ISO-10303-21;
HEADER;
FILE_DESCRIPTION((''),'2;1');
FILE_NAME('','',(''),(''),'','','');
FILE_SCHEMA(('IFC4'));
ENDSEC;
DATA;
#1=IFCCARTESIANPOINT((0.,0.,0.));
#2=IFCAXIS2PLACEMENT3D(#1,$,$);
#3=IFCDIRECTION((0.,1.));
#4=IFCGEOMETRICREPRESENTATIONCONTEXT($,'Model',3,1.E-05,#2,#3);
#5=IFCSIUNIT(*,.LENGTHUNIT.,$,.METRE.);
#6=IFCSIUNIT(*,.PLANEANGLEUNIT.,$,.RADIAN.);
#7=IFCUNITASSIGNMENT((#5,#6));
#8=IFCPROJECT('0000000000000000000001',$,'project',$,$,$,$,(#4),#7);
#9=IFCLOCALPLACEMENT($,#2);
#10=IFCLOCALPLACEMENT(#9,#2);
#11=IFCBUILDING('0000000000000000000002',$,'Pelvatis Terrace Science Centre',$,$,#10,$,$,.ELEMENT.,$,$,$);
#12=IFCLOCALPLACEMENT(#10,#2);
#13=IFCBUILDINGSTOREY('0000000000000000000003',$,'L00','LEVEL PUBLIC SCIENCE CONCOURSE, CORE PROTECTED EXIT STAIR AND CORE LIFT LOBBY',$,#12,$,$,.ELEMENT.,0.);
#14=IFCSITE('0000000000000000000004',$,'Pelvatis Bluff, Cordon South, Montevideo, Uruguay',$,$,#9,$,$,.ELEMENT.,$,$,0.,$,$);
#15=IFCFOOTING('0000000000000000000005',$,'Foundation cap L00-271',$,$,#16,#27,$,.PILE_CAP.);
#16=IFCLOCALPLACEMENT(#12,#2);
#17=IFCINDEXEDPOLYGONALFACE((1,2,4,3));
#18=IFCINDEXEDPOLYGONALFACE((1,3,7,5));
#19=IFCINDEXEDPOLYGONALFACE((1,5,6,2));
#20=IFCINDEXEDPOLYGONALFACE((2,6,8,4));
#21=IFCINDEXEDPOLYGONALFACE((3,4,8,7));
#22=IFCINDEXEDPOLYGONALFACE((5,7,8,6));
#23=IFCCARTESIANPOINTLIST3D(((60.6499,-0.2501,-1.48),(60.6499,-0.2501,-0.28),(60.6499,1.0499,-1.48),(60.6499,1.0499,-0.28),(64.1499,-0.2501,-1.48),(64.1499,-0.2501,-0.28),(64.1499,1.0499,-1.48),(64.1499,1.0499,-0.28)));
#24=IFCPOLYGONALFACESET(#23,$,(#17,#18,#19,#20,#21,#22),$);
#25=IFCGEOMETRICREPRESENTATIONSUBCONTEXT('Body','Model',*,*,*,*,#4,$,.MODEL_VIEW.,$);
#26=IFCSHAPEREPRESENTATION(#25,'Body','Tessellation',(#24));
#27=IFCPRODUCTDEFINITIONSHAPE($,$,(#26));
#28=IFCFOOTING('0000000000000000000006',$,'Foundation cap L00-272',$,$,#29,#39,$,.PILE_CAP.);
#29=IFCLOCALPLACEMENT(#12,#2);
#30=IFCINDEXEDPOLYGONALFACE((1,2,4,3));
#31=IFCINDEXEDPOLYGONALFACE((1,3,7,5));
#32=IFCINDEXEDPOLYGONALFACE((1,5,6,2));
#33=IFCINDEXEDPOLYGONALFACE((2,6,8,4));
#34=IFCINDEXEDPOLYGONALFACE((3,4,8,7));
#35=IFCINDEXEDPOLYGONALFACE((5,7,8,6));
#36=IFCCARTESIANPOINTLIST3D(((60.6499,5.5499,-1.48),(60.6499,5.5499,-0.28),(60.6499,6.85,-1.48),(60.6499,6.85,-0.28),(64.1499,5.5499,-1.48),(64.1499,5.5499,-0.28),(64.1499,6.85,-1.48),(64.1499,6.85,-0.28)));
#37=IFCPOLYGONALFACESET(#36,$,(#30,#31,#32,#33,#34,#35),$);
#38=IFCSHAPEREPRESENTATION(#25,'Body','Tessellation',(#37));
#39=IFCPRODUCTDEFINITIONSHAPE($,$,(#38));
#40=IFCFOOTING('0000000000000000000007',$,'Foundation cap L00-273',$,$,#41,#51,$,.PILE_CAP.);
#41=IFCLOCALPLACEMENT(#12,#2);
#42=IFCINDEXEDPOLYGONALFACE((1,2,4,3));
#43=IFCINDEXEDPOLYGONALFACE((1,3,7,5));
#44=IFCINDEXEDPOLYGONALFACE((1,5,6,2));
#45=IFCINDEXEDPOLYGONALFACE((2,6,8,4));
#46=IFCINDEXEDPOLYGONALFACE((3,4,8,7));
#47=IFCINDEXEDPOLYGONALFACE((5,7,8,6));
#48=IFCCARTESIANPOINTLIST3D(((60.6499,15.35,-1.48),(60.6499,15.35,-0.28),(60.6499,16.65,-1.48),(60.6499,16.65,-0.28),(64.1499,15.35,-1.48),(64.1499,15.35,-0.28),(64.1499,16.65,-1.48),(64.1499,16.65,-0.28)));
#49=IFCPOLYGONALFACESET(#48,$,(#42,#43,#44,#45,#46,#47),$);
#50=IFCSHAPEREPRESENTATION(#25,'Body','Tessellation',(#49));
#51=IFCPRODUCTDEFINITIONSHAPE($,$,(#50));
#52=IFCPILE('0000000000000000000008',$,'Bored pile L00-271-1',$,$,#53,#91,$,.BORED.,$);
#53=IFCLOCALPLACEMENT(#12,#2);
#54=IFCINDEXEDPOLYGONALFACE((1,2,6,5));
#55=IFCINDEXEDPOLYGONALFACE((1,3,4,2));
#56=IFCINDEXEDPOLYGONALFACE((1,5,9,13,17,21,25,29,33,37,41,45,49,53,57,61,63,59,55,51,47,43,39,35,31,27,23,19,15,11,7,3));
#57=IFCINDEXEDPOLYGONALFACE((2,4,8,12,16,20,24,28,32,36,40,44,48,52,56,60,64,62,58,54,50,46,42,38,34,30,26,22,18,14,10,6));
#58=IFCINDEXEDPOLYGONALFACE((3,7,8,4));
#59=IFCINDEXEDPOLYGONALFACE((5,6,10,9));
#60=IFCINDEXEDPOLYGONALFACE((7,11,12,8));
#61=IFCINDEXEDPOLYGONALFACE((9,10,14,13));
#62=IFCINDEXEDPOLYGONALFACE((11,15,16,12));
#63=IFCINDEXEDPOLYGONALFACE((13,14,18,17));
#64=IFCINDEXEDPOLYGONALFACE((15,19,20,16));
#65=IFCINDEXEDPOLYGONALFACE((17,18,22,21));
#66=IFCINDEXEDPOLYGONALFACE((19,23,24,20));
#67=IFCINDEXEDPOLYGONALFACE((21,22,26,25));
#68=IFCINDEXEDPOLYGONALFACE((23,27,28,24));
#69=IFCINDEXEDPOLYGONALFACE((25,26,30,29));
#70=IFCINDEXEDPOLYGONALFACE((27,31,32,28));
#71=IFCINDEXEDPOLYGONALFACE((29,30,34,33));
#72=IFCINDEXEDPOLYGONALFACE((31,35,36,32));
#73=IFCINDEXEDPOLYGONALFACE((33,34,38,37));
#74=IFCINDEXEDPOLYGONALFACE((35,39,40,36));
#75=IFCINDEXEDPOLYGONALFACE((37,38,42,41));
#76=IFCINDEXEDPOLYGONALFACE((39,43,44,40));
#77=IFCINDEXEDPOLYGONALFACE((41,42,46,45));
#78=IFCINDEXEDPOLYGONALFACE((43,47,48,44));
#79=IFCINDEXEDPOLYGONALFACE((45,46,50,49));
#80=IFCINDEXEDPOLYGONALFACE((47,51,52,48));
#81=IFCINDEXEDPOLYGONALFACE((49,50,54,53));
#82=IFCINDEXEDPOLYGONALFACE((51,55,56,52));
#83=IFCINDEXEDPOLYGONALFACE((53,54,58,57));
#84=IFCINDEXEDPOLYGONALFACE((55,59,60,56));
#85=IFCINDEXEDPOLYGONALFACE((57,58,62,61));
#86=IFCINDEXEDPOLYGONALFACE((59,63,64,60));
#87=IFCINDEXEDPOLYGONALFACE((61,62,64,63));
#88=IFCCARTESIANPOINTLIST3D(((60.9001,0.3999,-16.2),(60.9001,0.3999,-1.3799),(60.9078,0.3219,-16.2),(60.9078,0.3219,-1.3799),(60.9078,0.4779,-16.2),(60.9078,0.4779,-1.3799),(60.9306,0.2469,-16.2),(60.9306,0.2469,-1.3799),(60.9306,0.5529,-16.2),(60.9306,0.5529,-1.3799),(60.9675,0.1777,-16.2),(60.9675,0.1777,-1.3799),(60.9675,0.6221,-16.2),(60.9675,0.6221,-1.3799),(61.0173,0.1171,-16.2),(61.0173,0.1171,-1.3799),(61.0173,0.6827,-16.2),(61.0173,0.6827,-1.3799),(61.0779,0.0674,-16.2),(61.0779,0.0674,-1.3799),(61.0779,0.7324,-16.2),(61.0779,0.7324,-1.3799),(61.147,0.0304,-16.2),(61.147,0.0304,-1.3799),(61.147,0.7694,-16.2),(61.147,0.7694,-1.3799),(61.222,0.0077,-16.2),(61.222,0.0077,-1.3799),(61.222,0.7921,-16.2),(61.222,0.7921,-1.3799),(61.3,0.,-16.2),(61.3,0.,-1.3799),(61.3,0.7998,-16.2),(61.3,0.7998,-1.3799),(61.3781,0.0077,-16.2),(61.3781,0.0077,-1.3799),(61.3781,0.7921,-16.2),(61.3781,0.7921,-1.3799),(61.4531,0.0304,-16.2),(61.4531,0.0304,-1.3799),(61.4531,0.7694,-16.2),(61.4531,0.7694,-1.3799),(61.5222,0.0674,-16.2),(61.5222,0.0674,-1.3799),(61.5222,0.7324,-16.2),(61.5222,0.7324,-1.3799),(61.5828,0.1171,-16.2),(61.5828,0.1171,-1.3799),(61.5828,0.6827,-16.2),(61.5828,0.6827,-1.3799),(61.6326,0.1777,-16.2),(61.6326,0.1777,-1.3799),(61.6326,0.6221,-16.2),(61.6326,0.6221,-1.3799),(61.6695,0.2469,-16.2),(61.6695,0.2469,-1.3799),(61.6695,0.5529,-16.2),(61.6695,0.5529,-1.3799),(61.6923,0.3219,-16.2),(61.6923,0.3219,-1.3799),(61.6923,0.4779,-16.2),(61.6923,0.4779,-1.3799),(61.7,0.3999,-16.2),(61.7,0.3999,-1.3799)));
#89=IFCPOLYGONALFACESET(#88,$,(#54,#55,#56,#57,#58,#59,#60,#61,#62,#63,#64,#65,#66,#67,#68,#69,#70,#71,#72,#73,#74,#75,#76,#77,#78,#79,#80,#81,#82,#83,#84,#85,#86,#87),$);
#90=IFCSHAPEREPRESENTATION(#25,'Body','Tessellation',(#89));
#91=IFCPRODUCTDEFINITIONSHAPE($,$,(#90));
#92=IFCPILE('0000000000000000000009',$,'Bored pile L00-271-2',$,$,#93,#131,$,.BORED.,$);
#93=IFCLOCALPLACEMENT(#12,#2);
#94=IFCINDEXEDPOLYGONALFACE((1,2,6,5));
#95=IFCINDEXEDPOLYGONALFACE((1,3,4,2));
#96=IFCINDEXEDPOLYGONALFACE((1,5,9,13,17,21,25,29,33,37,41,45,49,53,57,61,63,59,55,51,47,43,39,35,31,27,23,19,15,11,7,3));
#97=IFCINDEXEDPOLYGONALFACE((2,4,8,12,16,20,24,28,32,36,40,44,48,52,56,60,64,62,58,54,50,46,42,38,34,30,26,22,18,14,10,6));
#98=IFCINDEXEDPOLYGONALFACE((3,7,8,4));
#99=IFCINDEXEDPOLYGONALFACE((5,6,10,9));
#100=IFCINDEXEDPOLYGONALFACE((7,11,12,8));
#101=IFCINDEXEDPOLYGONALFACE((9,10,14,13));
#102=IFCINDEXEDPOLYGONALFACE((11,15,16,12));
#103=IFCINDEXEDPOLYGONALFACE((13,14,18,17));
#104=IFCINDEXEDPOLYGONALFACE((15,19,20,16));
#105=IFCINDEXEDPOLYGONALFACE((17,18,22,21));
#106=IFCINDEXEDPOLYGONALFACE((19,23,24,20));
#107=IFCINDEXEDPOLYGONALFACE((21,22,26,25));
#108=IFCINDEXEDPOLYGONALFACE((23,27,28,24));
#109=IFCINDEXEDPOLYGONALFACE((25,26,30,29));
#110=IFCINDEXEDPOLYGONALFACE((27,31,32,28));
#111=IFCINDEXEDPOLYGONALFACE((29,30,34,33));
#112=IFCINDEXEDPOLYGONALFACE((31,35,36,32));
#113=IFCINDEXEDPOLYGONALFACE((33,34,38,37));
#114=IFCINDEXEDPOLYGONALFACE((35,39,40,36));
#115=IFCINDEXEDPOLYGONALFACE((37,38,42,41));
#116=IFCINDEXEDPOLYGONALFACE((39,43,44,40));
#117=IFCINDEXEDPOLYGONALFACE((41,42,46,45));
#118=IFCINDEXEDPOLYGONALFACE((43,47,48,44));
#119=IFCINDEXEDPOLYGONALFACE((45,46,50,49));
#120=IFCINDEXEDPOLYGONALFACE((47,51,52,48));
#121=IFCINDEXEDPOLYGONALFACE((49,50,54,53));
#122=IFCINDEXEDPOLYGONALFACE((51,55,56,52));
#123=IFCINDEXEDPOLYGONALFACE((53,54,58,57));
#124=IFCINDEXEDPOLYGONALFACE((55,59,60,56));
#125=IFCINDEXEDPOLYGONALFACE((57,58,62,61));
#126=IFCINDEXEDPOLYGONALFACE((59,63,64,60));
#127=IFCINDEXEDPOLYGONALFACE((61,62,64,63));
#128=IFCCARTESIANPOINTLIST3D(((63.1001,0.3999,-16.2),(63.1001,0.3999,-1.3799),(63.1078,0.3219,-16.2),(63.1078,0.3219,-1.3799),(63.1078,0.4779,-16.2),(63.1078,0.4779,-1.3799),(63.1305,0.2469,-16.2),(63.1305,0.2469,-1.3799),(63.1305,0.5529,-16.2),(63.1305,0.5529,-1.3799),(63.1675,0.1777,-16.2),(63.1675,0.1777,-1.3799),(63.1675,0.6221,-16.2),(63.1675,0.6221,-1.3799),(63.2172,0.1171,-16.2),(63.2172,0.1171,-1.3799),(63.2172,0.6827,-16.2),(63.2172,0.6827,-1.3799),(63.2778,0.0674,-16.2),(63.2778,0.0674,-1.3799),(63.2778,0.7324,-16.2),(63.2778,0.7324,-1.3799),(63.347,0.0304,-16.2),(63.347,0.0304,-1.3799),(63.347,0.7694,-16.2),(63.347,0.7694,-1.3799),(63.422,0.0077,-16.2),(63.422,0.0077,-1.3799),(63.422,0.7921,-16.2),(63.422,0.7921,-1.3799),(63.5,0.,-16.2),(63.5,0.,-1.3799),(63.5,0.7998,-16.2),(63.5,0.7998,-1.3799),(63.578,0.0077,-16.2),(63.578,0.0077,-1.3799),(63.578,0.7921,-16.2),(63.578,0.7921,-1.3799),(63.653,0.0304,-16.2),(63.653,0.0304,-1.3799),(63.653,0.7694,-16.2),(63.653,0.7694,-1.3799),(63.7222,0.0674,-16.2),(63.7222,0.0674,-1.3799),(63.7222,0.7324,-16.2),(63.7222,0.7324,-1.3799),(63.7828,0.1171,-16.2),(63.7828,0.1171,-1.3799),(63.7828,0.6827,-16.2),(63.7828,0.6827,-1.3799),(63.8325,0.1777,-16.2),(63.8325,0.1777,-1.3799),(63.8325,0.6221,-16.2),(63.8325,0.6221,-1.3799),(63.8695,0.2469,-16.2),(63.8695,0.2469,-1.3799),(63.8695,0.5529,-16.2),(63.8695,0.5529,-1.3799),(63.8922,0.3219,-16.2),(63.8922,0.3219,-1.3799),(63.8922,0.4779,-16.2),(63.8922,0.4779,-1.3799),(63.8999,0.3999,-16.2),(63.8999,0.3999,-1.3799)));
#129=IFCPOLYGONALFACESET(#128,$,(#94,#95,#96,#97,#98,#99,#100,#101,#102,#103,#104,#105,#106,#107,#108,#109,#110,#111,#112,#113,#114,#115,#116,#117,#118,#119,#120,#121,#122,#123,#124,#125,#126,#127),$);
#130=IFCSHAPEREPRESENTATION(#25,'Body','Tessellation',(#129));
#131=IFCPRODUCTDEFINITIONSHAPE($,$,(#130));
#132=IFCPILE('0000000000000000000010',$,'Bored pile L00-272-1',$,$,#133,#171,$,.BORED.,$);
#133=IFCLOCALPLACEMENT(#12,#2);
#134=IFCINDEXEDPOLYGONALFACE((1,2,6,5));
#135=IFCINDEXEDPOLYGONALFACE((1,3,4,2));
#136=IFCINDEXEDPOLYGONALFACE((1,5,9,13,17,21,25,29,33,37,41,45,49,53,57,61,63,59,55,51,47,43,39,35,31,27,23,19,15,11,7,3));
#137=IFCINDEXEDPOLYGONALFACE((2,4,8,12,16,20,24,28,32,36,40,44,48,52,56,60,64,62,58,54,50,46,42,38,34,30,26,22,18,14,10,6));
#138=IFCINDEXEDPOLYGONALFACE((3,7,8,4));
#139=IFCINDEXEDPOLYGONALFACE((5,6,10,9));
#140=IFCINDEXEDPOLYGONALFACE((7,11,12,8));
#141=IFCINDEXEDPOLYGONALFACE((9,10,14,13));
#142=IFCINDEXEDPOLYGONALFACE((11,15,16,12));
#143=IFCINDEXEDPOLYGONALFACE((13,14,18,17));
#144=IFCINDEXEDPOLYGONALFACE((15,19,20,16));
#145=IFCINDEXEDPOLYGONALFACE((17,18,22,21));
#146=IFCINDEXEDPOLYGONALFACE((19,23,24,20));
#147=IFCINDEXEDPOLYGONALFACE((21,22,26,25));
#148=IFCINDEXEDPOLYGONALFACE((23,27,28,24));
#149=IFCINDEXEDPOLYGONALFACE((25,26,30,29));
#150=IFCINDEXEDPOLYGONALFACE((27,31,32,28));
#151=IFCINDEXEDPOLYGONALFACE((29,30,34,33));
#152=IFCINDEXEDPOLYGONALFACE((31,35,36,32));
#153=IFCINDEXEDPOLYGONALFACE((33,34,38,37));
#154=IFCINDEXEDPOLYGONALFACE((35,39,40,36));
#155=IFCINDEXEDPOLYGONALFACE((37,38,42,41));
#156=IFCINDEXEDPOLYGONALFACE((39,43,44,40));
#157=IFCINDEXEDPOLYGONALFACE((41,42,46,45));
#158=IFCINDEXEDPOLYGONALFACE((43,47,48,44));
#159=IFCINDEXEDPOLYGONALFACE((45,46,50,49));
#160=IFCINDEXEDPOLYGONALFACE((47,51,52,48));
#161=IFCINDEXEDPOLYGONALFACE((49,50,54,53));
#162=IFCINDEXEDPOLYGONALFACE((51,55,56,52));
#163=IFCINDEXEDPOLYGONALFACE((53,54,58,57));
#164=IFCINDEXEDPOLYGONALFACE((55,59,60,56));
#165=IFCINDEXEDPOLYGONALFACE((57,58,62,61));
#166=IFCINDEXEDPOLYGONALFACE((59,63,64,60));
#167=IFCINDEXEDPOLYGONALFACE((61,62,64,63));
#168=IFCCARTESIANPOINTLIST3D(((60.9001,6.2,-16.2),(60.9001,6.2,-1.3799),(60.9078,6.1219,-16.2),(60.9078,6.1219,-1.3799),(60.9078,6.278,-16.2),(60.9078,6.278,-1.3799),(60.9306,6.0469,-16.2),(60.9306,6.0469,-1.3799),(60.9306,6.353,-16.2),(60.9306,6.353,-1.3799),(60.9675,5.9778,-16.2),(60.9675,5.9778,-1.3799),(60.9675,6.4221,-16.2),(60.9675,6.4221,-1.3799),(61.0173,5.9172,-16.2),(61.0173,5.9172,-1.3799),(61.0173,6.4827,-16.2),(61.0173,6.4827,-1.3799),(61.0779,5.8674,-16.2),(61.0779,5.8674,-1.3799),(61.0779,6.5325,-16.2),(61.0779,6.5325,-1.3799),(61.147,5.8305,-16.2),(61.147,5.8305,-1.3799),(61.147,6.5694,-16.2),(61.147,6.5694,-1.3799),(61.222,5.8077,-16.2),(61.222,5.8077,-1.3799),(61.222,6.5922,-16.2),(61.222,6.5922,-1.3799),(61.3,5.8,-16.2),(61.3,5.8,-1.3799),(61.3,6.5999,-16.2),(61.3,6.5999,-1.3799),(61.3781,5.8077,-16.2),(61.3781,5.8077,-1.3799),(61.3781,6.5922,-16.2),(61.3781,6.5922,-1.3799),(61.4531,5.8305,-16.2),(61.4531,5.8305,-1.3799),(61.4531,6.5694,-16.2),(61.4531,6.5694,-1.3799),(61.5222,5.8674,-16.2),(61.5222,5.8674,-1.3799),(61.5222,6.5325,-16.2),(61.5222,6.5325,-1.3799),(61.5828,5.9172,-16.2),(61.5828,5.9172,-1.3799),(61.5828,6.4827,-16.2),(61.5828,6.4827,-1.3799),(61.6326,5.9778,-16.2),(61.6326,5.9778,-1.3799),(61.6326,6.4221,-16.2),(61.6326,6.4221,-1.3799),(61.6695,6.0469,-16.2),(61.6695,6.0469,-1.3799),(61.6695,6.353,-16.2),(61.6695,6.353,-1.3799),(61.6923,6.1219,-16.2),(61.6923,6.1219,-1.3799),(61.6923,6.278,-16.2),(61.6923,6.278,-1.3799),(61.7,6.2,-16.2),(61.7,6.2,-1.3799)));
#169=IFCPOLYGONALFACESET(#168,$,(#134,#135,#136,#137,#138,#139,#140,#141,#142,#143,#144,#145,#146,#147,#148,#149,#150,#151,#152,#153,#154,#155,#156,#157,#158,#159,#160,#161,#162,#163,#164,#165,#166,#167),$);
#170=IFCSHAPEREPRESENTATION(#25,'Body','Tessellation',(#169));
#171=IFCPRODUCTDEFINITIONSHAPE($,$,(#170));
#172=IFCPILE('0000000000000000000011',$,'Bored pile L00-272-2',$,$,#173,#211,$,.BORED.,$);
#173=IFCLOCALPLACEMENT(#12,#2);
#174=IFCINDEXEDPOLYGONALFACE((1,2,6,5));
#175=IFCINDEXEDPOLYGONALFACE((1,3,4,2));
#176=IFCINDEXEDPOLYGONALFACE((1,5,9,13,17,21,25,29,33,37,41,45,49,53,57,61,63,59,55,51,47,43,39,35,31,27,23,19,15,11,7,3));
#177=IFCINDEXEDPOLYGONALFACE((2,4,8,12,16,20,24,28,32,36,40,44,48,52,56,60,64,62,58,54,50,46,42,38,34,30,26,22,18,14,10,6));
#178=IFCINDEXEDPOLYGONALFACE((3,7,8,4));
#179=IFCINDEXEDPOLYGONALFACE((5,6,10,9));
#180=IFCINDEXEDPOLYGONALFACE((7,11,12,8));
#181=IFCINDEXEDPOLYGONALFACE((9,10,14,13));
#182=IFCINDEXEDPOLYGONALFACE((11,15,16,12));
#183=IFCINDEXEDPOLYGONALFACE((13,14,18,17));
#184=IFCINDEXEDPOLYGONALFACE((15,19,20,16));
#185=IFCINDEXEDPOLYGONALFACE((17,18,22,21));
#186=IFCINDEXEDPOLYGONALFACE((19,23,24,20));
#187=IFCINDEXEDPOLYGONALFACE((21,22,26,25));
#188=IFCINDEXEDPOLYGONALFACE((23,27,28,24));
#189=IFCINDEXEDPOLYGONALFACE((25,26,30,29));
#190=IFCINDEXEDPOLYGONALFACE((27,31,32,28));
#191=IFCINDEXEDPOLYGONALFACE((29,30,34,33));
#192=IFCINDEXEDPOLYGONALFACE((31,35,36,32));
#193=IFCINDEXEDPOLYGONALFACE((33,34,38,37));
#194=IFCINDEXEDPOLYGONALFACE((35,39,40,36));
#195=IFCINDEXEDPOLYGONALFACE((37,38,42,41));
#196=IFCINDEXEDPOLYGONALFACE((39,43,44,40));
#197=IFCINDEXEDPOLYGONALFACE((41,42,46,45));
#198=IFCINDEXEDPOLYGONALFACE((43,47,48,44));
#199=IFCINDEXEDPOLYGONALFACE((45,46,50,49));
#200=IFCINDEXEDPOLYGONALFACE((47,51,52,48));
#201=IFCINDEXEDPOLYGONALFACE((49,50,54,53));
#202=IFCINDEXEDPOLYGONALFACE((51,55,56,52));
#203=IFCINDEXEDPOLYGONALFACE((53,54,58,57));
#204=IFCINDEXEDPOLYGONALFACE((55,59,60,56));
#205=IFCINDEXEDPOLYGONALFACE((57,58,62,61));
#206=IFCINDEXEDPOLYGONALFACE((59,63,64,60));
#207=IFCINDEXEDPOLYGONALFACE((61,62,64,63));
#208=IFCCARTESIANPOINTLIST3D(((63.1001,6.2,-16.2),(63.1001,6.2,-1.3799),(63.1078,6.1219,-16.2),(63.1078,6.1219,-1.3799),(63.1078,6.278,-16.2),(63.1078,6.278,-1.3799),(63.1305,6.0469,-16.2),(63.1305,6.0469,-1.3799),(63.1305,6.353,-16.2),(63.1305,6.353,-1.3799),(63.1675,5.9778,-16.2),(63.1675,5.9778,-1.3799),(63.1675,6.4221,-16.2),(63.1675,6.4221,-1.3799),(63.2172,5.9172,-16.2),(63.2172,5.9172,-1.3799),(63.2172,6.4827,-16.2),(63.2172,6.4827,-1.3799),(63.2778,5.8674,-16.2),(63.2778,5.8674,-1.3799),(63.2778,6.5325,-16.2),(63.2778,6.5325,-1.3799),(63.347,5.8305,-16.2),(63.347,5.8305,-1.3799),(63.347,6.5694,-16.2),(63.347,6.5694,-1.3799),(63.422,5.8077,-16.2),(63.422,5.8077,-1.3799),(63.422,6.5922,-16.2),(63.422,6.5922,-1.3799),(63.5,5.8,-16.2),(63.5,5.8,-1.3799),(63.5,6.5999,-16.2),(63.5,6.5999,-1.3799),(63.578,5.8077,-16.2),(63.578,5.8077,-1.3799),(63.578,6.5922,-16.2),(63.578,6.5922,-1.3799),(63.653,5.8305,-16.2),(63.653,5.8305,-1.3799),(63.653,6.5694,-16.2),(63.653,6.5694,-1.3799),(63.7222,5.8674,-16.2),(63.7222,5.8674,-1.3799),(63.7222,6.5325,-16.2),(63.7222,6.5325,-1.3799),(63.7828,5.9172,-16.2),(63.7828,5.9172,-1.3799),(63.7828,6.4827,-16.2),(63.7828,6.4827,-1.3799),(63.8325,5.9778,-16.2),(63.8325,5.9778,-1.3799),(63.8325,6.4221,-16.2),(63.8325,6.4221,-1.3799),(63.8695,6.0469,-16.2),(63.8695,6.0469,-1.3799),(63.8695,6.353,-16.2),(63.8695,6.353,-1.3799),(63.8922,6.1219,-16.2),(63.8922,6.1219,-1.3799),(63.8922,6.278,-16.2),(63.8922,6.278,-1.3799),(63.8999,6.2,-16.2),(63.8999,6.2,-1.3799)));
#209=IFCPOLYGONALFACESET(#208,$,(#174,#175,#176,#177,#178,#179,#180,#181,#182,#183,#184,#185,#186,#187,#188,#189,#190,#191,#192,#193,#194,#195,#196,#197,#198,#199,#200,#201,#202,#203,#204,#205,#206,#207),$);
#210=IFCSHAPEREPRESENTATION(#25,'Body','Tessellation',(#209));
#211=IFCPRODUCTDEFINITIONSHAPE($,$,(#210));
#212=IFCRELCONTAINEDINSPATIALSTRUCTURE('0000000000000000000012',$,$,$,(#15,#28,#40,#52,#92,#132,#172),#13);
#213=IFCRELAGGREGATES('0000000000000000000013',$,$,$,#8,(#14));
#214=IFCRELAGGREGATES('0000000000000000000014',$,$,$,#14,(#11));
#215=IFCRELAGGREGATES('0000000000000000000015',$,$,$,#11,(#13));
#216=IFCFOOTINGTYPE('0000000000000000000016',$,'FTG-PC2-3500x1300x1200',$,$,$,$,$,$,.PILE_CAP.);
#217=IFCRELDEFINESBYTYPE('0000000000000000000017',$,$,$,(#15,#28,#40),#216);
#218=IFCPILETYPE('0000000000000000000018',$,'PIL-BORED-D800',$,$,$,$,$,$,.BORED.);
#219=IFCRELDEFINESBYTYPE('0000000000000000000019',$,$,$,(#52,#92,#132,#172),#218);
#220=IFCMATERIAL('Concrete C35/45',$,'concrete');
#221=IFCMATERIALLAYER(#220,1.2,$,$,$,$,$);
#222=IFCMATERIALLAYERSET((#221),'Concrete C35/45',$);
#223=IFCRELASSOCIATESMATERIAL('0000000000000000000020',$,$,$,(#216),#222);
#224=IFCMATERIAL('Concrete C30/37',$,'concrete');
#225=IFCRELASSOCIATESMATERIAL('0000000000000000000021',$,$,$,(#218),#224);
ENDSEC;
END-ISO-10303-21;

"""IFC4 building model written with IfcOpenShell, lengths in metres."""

from ifc_helpers import new_model, si_unit, direction, frame, origin, origin_2d, place, context, subcontext, project, spatial, rectangle, circle, extrude, material, layer, layer_set, material_profile, profile_set, type_object, element, save


model = new_model("IFC4")

# Units and contexts
model_context = context("Model", 3, precision=1e-05, world=origin(), true_north=direction((0.0, 1.0)))
body_context = subcontext(model_context, "Body", "Model", "MODEL_VIEW")
ifc_project = project(units=[si_unit("LENGTHUNIT", "METRE"), si_unit("PLANEANGLEUNIT", "RADIAN")], contexts=[model_context])

# Site, building, storey
site_placement = place(None, origin())
site = spatial("IfcSite", under=ifc_project, at=site_placement, Name="Pelvatis Bluff, Cordon South, Montevideo, Uruguay", CompositionType="ELEMENT", RefElevation=0.0)
building_placement = place(site_placement, origin())
building = spatial("IfcBuilding", under=site, at=building_placement, Name="Pelvatis Terrace Science Centre", CompositionType="ELEMENT")
storey_placement = place(building_placement, origin())
storey = spatial("IfcBuildingStorey", under=building, at=storey_placement, Name="L00", Description="LEVEL PUBLIC SCIENCE CONCOURSE, CORE PROTECTED EXIT STAIR AND CORE LIFT LOBBY", CompositionType="ELEMENT", Elevation=0.0)

# Footings
ifc_material_1 = material(Name="Concrete C35/45", Category="concrete")
ifc_layer_1 = layer(ifc_material_1, 1.2)
ifc_layer_set_1 = layer_set([ifc_layer_1], Name="Concrete C35/45")
footing_type = type_object("IfcFootingType", Name="FTG-PC2-3500x1300x1200", PredefinedType="PILE_CAP", material=ifc_layer_set_1)
for number, where, z_axis, x_axis, name in (
    (1, (62.3999, 0.3999, -1.48), (0.0, 0.0, 1.0), (1.0, 0.0, 0.0), "Foundation cap L00-271"),
    (2, (62.3999, 6.2, -1.48), (0.0, 0.0, 1.0), (1.0, 0.0, 0.0), "Foundation cap L00-272"),
    (3, (62.3999, 16.0, -1.48), (0.0, 0.0, 1.0), (1.0, 0.0, 0.0), "Foundation cap L00-273"),
):
    element("IfcFooting", number, at=place(storey_placement, frame(where, z_axis=z_axis, x_axis=x_axis)), inside=storey, type_object=footing_type, Name=name, PredefinedType="PILE_CAP", context=body_context, shape_type="SweptSolid", body=[
        extrude(rectangle(XDim=3.5, YDim=1.3, at=origin_2d()), origin(), (0.0, 0.0, 1.0), 1.2),
    ])

# Piles
ifc_material_2 = material(Name="Concrete C30/37", Category="concrete")
ifc_material_profile_1 = material_profile(ifc_material_2, circle(Radius=0.3999, at=origin_2d()), Name="PILE D800")
ifc_profile_set_1 = profile_set([ifc_material_profile_1], Name="Concrete C30/37")
pile_type = type_object("IfcPileType", Name="PIL-BORED-D800", PredefinedType="BORED", material=ifc_profile_set_1)
for number, where, z_axis, x_axis, name in (
    (4, (61.3, 0.3999, -1.3799), (0.0, 0.0, -1.0), (1.0, 0.0, 0.0), "Bored pile L00-271-1"),
    (5, (63.5, 0.3999, -1.3799), (0.0, 0.0, -1.0), (1.0, 0.0, 0.0), "Bored pile L00-271-2"),
    (6, (61.3, 6.2, -1.3799), (0.0, 0.0, -1.0), (1.0, 0.0, 0.0), "Bored pile L00-272-1"),
    (7, (63.5, 6.2, -1.3799), (0.0, 0.0, -1.0), (1.0, 0.0, 0.0), "Bored pile L00-272-2"),
):
    element("IfcPile", number, at=place(storey_placement, frame(where, z_axis=z_axis, x_axis=x_axis)), inside=storey, type_object=pile_type, Name=name, PredefinedType="BORED", context=body_context, shape_type="SweptSolid", body=[
        extrude(circle(Radius=0.3999, at=origin_2d()), origin(), (0.0, 0.0, 1.0), 14.8201),
    ])

save(model, "model.ifc")
